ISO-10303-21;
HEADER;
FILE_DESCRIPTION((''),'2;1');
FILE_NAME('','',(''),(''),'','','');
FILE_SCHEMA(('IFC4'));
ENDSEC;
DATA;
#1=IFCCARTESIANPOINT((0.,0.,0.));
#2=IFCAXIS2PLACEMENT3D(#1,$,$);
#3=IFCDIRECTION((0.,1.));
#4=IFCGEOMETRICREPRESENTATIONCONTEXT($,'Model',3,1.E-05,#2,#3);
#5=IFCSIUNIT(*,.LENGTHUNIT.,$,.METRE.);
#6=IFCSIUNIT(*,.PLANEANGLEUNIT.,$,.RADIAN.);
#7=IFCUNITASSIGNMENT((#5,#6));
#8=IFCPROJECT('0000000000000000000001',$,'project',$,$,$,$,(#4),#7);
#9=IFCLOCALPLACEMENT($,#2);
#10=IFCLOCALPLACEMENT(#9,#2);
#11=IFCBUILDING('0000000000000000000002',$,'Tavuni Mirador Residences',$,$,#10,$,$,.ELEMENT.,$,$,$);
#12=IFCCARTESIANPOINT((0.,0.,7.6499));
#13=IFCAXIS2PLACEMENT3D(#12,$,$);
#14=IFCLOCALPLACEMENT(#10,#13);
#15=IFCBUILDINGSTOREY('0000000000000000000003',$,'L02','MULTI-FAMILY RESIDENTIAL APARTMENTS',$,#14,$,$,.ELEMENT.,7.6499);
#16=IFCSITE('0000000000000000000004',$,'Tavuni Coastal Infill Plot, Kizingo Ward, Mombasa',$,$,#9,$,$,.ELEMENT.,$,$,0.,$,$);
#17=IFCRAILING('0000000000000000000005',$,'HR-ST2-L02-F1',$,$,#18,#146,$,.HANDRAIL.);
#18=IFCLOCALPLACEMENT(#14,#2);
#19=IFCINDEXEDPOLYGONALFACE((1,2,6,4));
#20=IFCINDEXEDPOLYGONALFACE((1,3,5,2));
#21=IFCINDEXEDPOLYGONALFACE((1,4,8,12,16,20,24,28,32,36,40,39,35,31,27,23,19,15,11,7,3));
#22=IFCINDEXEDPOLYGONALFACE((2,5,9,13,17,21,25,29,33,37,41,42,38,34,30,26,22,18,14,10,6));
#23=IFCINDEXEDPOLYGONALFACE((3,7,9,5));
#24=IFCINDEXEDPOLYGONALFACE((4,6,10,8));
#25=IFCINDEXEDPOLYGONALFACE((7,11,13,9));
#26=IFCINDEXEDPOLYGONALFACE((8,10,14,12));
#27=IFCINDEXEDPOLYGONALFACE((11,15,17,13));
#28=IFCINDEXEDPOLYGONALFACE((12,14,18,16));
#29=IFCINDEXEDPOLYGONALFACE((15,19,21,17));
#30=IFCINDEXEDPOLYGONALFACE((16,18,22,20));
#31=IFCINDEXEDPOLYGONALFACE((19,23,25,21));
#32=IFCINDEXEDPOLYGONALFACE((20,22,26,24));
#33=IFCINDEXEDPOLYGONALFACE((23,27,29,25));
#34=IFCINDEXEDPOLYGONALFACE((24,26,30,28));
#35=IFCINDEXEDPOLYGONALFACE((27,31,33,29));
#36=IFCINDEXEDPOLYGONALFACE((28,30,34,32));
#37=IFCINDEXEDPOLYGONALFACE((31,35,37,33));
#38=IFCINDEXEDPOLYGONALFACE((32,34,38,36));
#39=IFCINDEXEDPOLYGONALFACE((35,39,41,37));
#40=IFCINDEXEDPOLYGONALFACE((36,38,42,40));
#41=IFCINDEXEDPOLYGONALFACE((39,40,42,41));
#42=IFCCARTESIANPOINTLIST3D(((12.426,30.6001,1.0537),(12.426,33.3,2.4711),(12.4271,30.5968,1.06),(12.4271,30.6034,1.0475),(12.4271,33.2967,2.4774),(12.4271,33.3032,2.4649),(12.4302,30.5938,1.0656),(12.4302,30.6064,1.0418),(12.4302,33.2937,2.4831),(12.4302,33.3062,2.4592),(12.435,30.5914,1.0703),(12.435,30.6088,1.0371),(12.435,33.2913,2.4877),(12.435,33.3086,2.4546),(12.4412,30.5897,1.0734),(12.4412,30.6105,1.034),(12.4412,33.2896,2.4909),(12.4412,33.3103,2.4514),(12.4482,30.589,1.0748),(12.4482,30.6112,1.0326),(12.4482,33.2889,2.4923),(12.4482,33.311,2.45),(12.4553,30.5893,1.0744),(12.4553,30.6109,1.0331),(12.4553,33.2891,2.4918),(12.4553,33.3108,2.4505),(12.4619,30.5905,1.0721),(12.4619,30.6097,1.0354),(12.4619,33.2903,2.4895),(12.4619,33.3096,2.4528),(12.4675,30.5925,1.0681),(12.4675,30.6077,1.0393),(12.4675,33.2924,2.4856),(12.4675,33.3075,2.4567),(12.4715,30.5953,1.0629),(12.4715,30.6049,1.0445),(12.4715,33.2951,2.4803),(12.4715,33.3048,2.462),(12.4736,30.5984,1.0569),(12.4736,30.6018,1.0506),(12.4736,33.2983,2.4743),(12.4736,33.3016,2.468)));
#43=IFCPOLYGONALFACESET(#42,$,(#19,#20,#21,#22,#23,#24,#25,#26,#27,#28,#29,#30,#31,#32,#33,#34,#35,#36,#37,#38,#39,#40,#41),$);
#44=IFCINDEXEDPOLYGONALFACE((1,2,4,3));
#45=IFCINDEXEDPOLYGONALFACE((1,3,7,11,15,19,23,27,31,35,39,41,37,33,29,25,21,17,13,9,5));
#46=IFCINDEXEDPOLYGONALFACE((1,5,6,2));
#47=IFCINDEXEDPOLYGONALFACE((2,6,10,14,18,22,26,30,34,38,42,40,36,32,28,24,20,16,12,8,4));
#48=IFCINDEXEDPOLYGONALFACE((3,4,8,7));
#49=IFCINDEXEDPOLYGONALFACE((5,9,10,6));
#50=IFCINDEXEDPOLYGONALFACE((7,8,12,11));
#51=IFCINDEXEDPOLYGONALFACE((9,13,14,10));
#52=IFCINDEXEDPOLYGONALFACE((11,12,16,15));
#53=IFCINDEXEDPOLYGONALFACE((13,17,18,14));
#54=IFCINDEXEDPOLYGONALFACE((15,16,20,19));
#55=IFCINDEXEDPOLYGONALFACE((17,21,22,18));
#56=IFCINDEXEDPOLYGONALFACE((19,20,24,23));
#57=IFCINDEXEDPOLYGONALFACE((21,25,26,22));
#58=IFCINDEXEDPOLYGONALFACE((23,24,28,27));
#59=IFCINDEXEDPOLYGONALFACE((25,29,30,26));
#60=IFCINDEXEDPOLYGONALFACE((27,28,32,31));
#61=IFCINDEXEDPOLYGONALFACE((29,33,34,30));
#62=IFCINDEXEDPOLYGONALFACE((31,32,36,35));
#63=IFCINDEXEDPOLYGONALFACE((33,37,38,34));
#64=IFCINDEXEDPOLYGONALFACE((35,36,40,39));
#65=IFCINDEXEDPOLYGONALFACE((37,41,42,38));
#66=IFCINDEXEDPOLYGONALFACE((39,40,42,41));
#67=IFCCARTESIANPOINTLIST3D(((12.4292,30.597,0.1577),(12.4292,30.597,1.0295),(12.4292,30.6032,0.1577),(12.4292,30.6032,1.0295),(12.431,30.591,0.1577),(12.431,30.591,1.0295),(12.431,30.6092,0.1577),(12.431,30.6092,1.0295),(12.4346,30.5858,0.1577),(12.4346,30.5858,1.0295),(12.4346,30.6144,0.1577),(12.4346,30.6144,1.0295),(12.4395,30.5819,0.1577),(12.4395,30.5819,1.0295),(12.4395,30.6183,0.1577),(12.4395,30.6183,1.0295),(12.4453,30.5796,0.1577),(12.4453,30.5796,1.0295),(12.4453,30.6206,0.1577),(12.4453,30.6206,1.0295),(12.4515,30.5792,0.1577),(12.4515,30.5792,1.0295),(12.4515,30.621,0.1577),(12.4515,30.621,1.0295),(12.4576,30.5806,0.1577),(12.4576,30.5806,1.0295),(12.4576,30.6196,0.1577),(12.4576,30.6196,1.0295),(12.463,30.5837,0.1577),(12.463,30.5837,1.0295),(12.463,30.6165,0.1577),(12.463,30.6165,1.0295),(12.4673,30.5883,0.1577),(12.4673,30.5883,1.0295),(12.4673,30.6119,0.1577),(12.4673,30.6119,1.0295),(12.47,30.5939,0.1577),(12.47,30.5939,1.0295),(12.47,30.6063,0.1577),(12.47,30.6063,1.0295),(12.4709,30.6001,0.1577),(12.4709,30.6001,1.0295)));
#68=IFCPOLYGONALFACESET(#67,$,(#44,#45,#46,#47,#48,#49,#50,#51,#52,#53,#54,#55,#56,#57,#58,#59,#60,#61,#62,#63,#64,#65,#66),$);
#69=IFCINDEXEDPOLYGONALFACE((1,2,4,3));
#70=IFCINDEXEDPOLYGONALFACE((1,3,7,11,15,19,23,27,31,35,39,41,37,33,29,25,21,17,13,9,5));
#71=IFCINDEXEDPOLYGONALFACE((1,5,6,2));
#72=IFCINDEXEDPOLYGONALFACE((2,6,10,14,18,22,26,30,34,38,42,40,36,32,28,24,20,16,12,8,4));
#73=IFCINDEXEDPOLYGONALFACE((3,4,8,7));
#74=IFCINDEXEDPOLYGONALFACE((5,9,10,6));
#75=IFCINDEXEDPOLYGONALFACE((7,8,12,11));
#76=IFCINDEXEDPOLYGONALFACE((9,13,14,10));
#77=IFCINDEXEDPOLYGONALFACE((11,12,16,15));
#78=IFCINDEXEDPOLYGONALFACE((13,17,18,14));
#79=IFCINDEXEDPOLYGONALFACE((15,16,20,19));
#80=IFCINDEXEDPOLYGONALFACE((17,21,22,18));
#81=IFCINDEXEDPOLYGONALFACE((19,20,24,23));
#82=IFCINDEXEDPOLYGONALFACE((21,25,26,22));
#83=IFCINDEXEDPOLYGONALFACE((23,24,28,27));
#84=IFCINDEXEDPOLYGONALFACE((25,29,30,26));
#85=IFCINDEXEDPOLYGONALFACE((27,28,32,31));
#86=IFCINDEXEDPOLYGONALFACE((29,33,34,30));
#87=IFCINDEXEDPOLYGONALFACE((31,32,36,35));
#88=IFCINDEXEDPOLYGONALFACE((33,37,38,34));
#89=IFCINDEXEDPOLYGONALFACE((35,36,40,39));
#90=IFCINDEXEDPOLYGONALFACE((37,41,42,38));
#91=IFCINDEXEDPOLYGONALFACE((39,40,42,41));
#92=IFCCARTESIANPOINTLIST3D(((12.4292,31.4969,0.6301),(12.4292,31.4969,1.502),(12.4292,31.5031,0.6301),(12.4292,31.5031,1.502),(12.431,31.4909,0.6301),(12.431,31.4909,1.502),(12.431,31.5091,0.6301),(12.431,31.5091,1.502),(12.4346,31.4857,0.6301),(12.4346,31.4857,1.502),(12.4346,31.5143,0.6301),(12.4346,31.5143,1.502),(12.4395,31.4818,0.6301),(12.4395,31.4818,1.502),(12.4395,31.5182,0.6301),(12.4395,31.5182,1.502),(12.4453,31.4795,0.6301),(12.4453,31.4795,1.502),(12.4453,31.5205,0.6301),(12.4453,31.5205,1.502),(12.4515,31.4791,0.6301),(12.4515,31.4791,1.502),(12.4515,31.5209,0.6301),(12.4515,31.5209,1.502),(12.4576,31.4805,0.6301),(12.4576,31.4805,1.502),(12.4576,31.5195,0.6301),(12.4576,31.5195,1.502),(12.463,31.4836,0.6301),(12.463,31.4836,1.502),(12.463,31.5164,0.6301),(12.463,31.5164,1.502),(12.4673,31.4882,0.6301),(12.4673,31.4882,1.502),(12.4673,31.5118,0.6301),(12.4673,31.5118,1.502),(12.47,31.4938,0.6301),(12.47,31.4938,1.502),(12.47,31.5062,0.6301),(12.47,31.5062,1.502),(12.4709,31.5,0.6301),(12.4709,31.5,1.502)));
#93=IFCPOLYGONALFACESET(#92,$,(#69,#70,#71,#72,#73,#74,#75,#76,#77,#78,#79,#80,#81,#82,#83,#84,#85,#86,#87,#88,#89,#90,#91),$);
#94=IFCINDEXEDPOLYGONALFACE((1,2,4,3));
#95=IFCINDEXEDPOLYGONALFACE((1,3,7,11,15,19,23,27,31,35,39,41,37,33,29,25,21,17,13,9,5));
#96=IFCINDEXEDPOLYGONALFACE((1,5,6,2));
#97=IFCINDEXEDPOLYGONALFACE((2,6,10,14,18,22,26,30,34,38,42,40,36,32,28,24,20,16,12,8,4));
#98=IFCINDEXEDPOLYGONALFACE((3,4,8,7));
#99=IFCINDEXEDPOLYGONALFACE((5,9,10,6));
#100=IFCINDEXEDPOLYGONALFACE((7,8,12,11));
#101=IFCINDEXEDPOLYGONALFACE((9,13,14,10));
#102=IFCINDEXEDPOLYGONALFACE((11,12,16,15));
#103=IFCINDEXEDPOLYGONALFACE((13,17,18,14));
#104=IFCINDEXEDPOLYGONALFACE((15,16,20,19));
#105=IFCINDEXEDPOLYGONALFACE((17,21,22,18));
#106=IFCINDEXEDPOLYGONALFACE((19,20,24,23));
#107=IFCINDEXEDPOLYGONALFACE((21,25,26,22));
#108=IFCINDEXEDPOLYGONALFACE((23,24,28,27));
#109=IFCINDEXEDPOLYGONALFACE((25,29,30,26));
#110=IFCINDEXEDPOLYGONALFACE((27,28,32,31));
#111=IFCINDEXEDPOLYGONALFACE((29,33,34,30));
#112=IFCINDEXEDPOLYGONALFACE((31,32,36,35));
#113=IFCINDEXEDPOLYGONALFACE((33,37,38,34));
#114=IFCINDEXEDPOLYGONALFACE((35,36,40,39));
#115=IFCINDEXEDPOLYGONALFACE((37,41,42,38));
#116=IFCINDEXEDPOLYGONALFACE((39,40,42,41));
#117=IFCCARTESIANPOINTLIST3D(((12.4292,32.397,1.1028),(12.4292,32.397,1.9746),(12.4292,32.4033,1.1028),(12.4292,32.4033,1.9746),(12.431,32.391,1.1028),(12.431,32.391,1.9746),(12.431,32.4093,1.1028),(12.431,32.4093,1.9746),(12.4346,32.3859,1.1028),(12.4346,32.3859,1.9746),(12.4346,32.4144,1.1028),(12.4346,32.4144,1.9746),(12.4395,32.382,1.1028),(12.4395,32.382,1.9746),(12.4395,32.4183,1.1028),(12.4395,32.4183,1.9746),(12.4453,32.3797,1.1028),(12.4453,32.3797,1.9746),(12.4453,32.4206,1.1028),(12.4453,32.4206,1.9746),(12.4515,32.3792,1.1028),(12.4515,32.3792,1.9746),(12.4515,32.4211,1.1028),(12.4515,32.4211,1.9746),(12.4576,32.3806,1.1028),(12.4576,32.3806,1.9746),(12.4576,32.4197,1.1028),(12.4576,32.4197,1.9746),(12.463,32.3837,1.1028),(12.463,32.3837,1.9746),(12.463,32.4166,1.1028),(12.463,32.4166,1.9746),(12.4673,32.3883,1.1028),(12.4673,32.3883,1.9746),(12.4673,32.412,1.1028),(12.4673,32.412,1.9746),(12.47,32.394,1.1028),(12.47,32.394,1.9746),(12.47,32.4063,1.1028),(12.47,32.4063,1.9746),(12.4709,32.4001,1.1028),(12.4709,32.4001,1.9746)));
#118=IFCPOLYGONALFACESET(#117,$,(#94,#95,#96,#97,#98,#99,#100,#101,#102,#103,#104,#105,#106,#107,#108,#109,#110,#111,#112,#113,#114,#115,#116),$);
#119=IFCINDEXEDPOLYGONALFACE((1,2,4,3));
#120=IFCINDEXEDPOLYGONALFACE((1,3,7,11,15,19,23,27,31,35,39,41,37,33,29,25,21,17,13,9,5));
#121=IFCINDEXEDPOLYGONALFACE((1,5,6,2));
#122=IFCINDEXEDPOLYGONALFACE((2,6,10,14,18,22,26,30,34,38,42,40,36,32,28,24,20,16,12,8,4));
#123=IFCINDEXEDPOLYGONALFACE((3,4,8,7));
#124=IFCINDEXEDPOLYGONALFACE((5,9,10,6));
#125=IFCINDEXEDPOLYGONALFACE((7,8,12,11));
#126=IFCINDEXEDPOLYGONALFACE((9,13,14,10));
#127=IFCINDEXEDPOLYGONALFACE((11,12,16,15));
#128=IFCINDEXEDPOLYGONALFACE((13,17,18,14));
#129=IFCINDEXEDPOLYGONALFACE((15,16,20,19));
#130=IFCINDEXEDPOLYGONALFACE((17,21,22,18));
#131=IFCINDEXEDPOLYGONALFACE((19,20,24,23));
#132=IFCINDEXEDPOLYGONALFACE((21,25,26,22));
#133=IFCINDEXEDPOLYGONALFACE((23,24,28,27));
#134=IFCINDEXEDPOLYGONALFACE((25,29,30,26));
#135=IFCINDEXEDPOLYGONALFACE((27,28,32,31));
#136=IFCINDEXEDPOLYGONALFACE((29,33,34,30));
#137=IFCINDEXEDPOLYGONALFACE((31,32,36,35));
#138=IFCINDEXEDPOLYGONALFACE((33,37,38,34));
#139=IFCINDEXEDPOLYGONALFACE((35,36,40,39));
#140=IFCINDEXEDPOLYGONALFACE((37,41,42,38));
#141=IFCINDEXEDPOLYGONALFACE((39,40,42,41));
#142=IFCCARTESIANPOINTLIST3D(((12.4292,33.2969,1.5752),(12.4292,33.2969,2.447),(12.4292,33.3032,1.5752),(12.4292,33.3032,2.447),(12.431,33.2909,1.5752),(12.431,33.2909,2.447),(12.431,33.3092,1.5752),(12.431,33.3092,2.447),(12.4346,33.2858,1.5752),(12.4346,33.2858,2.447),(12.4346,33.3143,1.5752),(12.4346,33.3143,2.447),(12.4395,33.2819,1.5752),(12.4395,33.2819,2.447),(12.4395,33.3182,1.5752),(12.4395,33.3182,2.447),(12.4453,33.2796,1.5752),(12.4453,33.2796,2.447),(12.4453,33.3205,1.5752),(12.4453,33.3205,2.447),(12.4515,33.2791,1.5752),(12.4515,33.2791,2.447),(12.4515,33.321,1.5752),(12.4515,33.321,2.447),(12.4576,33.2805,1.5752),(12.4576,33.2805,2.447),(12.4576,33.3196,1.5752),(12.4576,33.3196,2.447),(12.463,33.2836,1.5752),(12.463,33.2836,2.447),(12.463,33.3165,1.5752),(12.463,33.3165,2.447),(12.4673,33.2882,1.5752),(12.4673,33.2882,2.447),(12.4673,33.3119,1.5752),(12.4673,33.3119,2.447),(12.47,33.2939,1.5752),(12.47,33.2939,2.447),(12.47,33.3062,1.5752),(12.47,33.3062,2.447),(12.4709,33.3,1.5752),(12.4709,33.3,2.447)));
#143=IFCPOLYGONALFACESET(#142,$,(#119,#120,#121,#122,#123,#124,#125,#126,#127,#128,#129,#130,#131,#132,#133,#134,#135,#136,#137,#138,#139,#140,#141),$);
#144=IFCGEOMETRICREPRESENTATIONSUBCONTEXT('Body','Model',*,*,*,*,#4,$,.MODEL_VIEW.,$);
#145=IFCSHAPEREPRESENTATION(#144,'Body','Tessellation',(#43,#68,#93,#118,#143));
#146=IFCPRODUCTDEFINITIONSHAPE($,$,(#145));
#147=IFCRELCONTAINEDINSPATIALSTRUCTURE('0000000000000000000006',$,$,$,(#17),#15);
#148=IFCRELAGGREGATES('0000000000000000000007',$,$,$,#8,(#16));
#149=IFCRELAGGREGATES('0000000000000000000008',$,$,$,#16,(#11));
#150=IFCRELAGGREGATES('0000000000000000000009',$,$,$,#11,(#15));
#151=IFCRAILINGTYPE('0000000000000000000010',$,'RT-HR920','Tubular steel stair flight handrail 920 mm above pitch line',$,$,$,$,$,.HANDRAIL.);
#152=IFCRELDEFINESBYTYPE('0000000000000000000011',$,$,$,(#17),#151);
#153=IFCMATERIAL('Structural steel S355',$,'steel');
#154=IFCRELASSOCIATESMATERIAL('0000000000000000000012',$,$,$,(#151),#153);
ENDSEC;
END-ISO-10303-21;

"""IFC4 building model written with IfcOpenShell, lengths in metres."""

from ifc_helpers import new_model, si_unit, direction, frame, origin, origin_2d, place, context, subcontext, project, spatial, circle, extrude, material, type_object, element, save


model = new_model("IFC4")

# Units and contexts
model_context = context("Model", 3, precision=1e-05, world=origin(), true_north=direction((0.0, 1.0)))
body_context = subcontext(model_context, "Body", "Model", "MODEL_VIEW")
ifc_project = project(units=[si_unit("LENGTHUNIT", "METRE"), si_unit("PLANEANGLEUNIT", "RADIAN")], contexts=[model_context])

# Site, building, storey
site_placement = place(None, origin())
site = spatial("IfcSite", under=ifc_project, at=site_placement, Name="Tavuni Coastal Infill Plot, Kizingo Ward, Mombasa", CompositionType="ELEMENT", RefElevation=0.0)
building_placement = place(site_placement, origin())
building = spatial("IfcBuilding", under=site, at=building_placement, Name="Tavuni Mirador Residences", CompositionType="ELEMENT")
storey_placement = place(building_placement, frame((0.0, 0.0, 7.6499)))
storey = spatial("IfcBuildingStorey", under=building, at=storey_placement, Name="L02", Description="MULTI-FAMILY RESIDENTIAL APARTMENTS", CompositionType="ELEMENT", Elevation=7.6499)

# Railing
ifc_material_1 = material(Name="Structural steel S355", Category="steel")
railing_type_1 = type_object("IfcRailingType", Name="RT-HR920", Description="Tubular steel stair flight handrail 920 mm above pitch line", PredefinedType="HANDRAIL", material=ifc_material_1)
railing_1_placement = place(storey_placement, frame((12.45, 30.6001, 0.1577)))
element("IfcRailing", 1, at=railing_1_placement, inside=storey, type_object=railing_type_1, Name="HR-ST2-L02-F1", PredefinedType="HANDRAIL", context=body_context, shape_type="SweptSolid", body=[
    extrude(circle(Radius=0.0239, at=origin_2d()), frame((0.0, 0.0, 0.896), z_axis=(0.0, 0.885397, 0.464835), x_axis=(-1.0, 0.0, 0.0)), (0.0, 0.0, 1.0), 3.0493),
    extrude(circle(Radius=0.021, at=origin_2d()), origin(), (0.0, 0.0, 1.0), 0.8718),
    extrude(circle(Radius=0.021, at=origin_2d()), frame((0.0, 0.8999, 0.4724)), (0.0, 0.0, 1.0), 0.8718),
    extrude(circle(Radius=0.021, at=origin_2d()), frame((0.0, 1.8, 0.9451)), (0.0, 0.0, 1.0), 0.8718),
    extrude(circle(Radius=0.021, at=origin_2d()), frame((0.0, 2.7, 1.4175)), (0.0, 0.0, 1.0), 0.8718),
])

save(model, "model.ifc")
